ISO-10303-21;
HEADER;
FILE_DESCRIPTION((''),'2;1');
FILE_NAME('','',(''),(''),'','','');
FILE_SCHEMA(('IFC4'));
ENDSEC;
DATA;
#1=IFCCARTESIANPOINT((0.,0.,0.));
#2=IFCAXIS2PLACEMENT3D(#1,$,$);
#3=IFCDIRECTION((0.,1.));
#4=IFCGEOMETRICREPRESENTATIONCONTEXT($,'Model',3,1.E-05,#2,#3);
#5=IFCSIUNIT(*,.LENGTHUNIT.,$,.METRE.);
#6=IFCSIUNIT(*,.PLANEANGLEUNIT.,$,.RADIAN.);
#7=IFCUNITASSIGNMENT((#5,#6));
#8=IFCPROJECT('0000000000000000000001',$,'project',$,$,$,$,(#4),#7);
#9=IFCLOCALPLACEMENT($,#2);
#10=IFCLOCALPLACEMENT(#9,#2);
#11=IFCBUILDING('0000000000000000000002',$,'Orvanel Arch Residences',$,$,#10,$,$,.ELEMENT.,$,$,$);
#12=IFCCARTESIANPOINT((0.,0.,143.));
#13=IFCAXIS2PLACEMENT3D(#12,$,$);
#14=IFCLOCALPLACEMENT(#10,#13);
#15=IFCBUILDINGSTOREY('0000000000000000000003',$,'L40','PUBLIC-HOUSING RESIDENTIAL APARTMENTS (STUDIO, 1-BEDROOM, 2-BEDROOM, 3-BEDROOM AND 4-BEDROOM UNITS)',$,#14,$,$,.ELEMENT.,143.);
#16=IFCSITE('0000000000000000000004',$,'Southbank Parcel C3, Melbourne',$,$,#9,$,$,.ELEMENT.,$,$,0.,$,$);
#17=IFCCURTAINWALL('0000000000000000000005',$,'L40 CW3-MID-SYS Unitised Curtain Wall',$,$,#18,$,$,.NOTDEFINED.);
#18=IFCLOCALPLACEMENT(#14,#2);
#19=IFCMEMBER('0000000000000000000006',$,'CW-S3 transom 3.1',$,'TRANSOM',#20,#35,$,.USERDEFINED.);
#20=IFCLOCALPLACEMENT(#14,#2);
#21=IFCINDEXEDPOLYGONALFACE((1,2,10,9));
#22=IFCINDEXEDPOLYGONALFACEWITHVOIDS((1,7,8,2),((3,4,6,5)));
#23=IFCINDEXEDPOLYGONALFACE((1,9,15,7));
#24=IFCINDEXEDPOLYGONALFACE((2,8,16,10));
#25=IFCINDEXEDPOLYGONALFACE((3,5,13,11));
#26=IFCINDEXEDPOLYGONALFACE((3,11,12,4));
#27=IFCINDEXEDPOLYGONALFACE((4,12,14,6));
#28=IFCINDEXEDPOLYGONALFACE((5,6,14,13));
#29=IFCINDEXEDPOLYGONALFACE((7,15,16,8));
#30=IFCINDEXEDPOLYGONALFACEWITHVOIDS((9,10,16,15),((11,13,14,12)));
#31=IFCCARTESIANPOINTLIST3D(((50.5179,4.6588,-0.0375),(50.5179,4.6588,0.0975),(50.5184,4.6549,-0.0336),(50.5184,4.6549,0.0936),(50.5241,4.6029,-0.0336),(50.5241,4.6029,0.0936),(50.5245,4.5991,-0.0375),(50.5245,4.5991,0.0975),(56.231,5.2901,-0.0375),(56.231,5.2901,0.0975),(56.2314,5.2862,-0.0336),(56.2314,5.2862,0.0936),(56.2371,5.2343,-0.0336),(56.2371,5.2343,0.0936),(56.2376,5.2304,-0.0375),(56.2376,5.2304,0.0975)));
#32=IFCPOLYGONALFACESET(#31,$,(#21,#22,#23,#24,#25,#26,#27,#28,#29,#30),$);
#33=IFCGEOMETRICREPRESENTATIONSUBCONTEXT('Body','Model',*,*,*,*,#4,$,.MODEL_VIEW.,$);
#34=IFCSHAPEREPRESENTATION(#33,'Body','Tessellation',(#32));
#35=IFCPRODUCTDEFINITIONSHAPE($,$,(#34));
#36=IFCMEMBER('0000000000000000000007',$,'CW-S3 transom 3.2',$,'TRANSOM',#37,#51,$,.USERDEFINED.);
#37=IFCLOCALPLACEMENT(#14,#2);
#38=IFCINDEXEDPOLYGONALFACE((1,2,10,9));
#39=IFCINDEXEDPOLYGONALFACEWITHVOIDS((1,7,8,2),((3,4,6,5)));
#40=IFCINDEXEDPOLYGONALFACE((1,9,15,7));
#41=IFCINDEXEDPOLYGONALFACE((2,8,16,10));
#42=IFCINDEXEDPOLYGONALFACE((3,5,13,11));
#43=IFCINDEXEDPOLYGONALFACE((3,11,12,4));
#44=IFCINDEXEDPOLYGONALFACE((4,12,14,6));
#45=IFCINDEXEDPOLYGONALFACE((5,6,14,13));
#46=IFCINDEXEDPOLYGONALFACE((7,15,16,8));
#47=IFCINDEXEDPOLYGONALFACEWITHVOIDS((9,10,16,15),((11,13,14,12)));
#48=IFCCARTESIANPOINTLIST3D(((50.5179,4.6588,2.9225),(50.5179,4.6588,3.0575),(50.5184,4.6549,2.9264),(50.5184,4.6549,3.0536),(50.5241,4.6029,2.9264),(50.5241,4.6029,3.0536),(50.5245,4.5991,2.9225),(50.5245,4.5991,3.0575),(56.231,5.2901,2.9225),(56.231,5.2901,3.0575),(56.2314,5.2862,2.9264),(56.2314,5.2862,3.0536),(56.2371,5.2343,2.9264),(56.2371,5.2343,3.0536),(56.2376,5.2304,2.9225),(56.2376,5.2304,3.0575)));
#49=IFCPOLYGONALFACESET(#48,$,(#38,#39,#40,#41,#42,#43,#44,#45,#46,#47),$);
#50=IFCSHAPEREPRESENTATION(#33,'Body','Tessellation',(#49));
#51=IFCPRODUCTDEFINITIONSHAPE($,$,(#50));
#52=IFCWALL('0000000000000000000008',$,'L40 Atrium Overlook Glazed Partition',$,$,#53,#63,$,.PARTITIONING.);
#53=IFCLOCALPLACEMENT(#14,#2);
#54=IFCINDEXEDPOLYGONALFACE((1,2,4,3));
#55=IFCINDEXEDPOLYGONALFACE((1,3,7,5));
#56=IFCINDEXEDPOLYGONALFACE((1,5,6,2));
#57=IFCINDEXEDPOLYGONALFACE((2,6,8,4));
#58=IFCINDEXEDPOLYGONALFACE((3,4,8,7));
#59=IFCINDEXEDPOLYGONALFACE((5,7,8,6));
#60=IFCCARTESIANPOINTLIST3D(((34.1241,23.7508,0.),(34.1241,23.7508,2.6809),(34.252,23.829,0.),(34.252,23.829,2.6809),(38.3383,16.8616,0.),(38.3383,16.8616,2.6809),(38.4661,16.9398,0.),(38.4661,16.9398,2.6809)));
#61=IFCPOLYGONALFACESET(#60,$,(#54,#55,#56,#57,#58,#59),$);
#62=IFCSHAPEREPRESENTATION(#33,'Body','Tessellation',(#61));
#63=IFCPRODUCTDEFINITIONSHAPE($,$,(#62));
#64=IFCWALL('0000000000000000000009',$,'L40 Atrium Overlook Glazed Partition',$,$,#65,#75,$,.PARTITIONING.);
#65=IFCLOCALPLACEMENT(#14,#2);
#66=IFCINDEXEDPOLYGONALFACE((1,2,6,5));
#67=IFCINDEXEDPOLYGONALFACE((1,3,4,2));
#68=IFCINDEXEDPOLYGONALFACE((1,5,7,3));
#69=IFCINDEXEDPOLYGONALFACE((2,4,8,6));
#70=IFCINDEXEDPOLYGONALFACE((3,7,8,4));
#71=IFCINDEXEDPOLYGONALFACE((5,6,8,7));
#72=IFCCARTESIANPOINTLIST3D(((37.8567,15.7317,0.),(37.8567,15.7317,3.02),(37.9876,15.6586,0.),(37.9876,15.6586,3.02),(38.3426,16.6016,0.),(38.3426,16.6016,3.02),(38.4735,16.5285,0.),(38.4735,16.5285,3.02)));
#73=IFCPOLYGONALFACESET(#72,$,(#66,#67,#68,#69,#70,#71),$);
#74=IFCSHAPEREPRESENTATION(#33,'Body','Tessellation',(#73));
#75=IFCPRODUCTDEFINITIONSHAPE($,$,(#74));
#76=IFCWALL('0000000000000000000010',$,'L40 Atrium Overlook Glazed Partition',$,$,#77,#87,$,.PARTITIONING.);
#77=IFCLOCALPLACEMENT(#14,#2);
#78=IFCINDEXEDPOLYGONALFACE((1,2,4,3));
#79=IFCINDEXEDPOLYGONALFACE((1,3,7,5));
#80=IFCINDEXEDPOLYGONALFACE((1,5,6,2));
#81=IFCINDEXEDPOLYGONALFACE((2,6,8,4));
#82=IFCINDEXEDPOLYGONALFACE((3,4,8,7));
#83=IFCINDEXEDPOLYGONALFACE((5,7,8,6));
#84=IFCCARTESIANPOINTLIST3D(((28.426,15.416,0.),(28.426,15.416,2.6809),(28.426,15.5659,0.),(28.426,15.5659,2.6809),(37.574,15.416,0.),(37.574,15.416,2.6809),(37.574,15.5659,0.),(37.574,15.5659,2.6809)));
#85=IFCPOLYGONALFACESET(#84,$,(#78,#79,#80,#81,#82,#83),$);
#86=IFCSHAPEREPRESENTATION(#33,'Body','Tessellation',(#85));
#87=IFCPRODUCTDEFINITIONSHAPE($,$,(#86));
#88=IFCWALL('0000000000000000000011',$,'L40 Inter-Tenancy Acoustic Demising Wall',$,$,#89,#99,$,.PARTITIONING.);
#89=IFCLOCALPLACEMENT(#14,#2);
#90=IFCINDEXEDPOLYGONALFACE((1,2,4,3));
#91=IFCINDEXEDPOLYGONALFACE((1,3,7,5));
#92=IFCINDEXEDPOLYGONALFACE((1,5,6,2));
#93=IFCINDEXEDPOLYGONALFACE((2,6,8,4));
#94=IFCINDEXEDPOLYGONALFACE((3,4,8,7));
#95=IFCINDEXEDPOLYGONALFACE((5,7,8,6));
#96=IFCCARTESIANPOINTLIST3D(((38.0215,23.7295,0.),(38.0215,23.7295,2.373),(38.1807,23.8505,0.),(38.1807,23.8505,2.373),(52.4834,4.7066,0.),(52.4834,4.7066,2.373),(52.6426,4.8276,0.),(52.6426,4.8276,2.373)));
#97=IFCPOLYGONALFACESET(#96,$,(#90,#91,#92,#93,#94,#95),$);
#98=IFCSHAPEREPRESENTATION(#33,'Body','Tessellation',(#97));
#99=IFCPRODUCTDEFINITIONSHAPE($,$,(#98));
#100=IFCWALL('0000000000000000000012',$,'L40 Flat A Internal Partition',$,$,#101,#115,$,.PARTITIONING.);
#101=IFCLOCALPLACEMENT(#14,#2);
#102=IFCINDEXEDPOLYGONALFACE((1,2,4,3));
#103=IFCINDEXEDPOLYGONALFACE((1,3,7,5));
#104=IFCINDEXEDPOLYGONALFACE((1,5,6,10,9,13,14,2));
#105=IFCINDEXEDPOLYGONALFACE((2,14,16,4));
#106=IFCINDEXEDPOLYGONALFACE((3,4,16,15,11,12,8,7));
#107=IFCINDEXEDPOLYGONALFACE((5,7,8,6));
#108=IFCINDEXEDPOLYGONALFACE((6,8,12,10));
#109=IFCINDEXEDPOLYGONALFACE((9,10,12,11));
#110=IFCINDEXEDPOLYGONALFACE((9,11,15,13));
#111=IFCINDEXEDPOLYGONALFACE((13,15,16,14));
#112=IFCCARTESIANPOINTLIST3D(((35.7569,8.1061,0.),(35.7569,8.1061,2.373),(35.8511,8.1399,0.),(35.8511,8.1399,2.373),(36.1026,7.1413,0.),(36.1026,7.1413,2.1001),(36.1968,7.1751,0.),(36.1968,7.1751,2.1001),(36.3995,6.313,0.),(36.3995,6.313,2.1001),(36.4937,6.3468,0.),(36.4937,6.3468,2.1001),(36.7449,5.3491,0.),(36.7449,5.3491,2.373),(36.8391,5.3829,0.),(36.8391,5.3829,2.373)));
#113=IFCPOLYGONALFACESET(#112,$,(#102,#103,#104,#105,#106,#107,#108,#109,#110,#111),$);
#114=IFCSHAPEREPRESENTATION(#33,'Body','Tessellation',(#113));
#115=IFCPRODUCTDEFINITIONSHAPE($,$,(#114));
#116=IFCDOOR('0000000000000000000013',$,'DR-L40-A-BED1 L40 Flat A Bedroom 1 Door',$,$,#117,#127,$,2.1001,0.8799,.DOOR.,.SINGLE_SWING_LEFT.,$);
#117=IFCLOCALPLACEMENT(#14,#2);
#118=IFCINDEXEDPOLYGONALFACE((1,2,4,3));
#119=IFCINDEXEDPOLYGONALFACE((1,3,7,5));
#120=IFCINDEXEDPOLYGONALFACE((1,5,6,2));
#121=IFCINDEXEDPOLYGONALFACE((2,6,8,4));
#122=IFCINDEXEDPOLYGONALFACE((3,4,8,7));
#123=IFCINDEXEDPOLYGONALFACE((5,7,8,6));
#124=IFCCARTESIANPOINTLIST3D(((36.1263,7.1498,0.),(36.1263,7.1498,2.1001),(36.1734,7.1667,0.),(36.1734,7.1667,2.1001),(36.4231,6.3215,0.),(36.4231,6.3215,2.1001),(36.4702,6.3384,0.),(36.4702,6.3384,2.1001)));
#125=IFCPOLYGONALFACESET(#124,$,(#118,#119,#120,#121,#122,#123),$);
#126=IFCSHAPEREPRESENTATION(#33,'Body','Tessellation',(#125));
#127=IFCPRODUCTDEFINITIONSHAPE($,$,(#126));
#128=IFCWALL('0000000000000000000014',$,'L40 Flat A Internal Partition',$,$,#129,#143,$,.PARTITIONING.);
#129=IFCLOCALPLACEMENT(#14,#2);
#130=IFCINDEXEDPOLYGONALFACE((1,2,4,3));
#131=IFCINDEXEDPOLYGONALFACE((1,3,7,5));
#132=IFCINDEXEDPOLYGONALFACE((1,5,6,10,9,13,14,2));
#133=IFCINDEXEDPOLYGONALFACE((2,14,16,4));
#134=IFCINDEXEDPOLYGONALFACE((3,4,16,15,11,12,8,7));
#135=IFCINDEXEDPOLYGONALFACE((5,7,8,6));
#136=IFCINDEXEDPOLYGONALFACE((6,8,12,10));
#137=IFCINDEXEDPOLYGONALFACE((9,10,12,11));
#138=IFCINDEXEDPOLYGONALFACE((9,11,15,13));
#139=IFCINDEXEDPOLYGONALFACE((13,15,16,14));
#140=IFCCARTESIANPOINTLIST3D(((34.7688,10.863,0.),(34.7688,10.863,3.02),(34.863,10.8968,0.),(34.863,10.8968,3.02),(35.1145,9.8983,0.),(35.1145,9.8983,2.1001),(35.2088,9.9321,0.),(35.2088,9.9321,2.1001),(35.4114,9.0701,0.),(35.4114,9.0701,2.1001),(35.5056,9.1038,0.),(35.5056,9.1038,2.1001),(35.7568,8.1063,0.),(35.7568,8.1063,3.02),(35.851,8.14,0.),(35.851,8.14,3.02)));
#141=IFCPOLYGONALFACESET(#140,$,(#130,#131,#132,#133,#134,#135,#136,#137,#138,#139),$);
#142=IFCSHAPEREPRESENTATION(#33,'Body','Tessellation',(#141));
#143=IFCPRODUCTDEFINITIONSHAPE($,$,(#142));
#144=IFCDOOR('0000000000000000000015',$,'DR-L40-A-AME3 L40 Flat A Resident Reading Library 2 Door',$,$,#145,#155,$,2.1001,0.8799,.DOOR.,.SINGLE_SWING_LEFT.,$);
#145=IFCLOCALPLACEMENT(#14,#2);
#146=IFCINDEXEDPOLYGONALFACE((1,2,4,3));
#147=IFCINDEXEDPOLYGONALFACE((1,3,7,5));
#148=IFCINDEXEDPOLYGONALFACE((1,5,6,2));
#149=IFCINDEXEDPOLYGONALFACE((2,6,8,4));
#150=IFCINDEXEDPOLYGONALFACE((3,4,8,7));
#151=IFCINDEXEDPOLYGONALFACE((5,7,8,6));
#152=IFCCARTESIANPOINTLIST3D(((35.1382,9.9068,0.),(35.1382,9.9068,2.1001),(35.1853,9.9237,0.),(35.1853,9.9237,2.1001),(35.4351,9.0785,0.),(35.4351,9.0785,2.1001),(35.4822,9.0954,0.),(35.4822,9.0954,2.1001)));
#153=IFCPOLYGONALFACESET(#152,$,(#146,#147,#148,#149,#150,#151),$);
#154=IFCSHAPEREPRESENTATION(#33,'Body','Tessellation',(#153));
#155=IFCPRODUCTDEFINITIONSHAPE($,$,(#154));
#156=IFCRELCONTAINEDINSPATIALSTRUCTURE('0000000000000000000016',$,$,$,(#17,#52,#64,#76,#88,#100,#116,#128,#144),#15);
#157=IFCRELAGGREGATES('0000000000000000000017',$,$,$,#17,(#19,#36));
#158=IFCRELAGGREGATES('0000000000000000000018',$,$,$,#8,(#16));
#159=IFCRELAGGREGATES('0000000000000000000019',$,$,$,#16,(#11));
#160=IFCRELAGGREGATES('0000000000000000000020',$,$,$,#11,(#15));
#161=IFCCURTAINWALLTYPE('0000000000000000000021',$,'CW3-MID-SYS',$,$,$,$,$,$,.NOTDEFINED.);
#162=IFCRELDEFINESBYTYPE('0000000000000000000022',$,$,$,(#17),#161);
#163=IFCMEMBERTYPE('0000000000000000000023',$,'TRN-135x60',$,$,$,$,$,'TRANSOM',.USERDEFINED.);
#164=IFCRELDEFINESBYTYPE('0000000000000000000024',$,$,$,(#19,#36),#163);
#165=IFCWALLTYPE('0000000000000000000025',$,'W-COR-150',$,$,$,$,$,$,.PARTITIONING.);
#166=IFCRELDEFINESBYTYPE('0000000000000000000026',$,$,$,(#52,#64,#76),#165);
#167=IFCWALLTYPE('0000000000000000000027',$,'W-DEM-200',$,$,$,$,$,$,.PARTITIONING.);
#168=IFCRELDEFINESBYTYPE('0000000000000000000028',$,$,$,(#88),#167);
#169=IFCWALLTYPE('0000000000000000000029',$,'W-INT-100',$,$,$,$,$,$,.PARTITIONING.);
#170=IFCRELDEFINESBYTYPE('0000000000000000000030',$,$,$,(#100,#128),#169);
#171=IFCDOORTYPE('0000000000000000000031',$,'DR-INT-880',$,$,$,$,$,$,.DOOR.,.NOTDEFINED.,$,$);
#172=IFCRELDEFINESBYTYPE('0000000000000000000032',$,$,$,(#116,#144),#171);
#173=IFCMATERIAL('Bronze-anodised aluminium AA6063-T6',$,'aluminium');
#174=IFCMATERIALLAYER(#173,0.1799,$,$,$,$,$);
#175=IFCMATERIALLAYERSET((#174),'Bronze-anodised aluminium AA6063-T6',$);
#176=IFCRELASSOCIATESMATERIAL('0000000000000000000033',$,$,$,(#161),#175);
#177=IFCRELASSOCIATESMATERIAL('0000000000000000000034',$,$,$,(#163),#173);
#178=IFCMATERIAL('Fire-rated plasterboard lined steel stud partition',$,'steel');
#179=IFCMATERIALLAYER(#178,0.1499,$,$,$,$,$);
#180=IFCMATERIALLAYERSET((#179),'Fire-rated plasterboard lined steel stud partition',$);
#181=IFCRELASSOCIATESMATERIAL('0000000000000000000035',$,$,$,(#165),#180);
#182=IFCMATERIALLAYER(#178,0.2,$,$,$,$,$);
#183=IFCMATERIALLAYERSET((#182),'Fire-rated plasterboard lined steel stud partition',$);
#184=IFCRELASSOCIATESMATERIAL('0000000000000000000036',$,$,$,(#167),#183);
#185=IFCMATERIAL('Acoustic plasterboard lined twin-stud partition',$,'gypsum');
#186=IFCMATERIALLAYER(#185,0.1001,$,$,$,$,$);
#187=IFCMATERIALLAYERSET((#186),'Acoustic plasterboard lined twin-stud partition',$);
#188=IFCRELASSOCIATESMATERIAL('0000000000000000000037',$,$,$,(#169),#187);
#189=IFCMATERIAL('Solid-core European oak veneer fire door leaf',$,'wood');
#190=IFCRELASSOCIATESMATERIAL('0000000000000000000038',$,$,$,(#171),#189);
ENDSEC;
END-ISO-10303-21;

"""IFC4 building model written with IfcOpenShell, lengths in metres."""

from ifc_helpers import new_model, si_unit, direction, frame, frame_2d, origin, origin_2d, place, context, subcontext, project, spatial, rectangle, hollow_rectangle, extrude, material, layer, layer_set, material_profile, profile_set, type_object, element, fill, aggregate, save


model = new_model("IFC4")

# Units and contexts
model_context = context("Model", 3, precision=1e-05, world=origin(), true_north=direction((0.0, 1.0)))
body_context = subcontext(model_context, "Body", "Model", "MODEL_VIEW")
ifc_project = project(units=[si_unit("LENGTHUNIT", "METRE"), si_unit("PLANEANGLEUNIT", "RADIAN")], contexts=[model_context])

# Site, building, storey
site_placement = place(None, origin())
site = spatial("IfcSite", under=ifc_project, at=site_placement, Name="Southbank Parcel C3, Melbourne", CompositionType="ELEMENT", RefElevation=0.0)
building_placement = place(site_placement, origin())
building = spatial("IfcBuilding", under=site, at=building_placement, Name="Orvanel Arch Residences", CompositionType="ELEMENT")
storey_placement = place(building_placement, frame((0.0, 0.0, 143.0)))
storey = spatial("IfcBuildingStorey", under=building, at=storey_placement, Name="L40", Description="PUBLIC-HOUSING RESIDENTIAL APARTMENTS (STUDIO, 1-BEDROOM, 2-BEDROOM, 3-BEDROOM AND 4-BEDROOM UNITS)", CompositionType="ELEMENT", Elevation=143.0)

# Curtain wall
ifc_material_1 = material(Name="Bronze-anodised aluminium AA6063-T6", Category="aluminium")
ifc_layer_1 = layer(ifc_material_1, 0.1799)
ifc_layer_set_1 = layer_set([ifc_layer_1], Name="Bronze-anodised aluminium AA6063-T6")
curtain_wall_type = type_object("IfcCurtainWallType", Name="CW3-MID-SYS", PredefinedType="NOTDEFINED", material=ifc_layer_set_1)
curtain_wall_placement = place(storey_placement, origin())
curtain_wall = element("IfcCurtainWall", 1, at=curtain_wall_placement, inside=storey, type_object=curtain_wall_type, Name="L40 CW3-MID-SYS Unitised Curtain Wall", PredefinedType="NOTDEFINED")

# Members
ifc_material_profile_1 = material_profile(ifc_material_1, hollow_rectangle(XDim=0.0601, YDim=0.135, WallThickness=0.0039, at=origin_2d()), Name="ALU135x60x4")
ifc_profile_set_1 = profile_set([ifc_material_profile_1], Name="Bronze-anodised aluminium AA6063-T6")
member_type_1 = type_object("IfcMemberType", Name="TRN-135x60", ElementType="TRANSOM", PredefinedType="USERDEFINED", material=ifc_profile_set_1)
member_1_placement = place(storey_placement, frame((50.5212, 4.6289, 0.03), z_axis=(0.993949, 0.109839, 0.0), x_axis=(-0.109839, 0.993949, 0.0)))
member_1 = element("IfcMember", 2, at=member_1_placement, type_object=member_type_1, Name="CW-S3 transom 3.1", ObjectType="TRANSOM", PredefinedType="USERDEFINED", context=body_context, shape_type="SweptSolid", body=[
    extrude(hollow_rectangle(XDim=0.0601, YDim=0.135, WallThickness=0.0039, at=origin_2d()), origin(), (0.0, 0.0, 1.0), 5.7478),
])
member_2_placement = place(storey_placement, frame((50.5212, 4.6289, 2.99), z_axis=(0.993949, 0.109839, 0.0), x_axis=(-0.109839, 0.993949, 0.0)))
member_2 = element("IfcMember", 3, at=member_2_placement, type_object=member_type_1, Name="CW-S3 transom 3.2", ObjectType="TRANSOM", PredefinedType="USERDEFINED", context=body_context, shape_type="SweptSolid", body=[
    extrude(hollow_rectangle(XDim=0.0601, YDim=0.135, WallThickness=0.0039, at=origin_2d()), origin(), (0.0, 0.0, 1.0), 5.7478),
])
aggregate(curtain_wall, [member_1, member_2])

# Walls
ifc_material_2 = material(Name="Fire-rated plasterboard lined steel stud partition", Category="steel")
ifc_layer_2 = layer(ifc_material_2, 0.1499)
ifc_layer_set_2 = layer_set([ifc_layer_2], Name="Fire-rated plasterboard lined steel stud partition")
wall_type_1 = type_object("IfcWallType", Name="W-COR-150", PredefinedType="PARTITIONING", material=ifc_layer_set_2)
wall_1_placement = place(storey_placement, frame((34.188, 23.79, 0.0), z_axis=(0.0, 0.0, 1.0), x_axis=(0.521817, -0.853058, 0.0)))
element("IfcWall", 4, at=wall_1_placement, inside=storey, type_object=wall_type_1, Name="L40 Atrium Overlook Glazed Partition", PredefinedType="PARTITIONING", context=body_context, shape_type="SweptSolid", body=[
    extrude(rectangle(XDim=8.0759, YDim=0.1499, at=frame_2d((4.0381, 0.0))), origin(), (0.0, 0.0, 1.0), 2.6809),
])
wall_2_placement = place(storey_placement, frame((38.408, 16.5649, 0.0), z_axis=(0.0, 0.0, 1.0), x_axis=(-0.487618, -0.873057, 0.0)))
element("IfcWall", 5, at=wall_2_placement, inside=storey, type_object=wall_type_1, Name="L40 Atrium Overlook Glazed Partition", PredefinedType="PARTITIONING", context=body_context, shape_type="SweptSolid", body=[
    extrude(rectangle(XDim=0.9963, YDim=0.1499, at=frame_2d((0.498, 0.0))), origin(), (0.0, 0.0, 1.0), 3.02),
])
wall_3_placement = place(storey_placement, frame((37.574, 15.491, 0.0), z_axis=(0.0, 0.0, 1.0), x_axis=(-1.0, 0.0, 0.0)))
element("IfcWall", 6, at=wall_3_placement, inside=storey, type_object=wall_type_1, Name="L40 Atrium Overlook Glazed Partition", PredefinedType="PARTITIONING", context=body_context, shape_type="SweptSolid", body=[
    extrude(rectangle(XDim=9.1479, YDim=0.1499, at=frame_2d((4.574, 0.0))), origin(), (0.0, 0.0, 1.0), 2.6809),
])
ifc_layer_3 = layer(ifc_material_2, 0.2)
ifc_layer_set_3 = layer_set([ifc_layer_3], Name="Fire-rated plasterboard lined steel stud partition")
wall_type_2 = type_object("IfcWallType", Name="W-DEM-200", PredefinedType="PARTITIONING", material=ifc_layer_set_3)
wall_4_placement = place(storey_placement, frame((38.1011, 23.79, 0.0), z_axis=(0.0, 0.0, 1.0), x_axis=(0.605202, -0.796072, 0.0)))
element("IfcWall", 7, at=wall_4_placement, inside=storey, type_object=wall_type_2, Name="L40 Inter-Tenancy Acoustic Demising Wall", PredefinedType="PARTITIONING", context=body_context, shape_type="SweptSolid", body=[
    extrude(rectangle(XDim=23.896, YDim=0.2, at=frame_2d((11.948, 0.0))), origin(), (0.0, 0.0, 1.0), 2.373),
])

# Walls, openings, doors
ifc_material_3 = material(Name="Acoustic plasterboard lined twin-stud partition", Category="gypsum")
ifc_layer_4 = layer(ifc_material_3, 0.1001)
ifc_layer_set_4 = layer_set([ifc_layer_4], Name="Acoustic plasterboard lined twin-stud partition")
wall_type_3 = type_object("IfcWallType", Name="W-INT-100", PredefinedType="PARTITIONING", material=ifc_layer_set_4)
wall_5_placement = place(storey_placement, frame((36.792, 5.366, 0.0), z_axis=(0.0, 0.0, 1.0), x_axis=(-0.337355, 0.941377, 0.0)))
wall_5 = element("IfcWall", 8, at=wall_5_placement, inside=storey, type_object=wall_type_3, Name="L40 Flat A Internal Partition", PredefinedType="PARTITIONING", context=body_context, shape_type="SweptSolid", body=[
    extrude(rectangle(XDim=2.9287, YDim=0.1001, at=frame_2d((1.4644, 0.0))), origin(), (0.0, 0.0, 1.0), 2.373),
])
opening_1_placement = place(wall_5_placement, frame((1.0239, 0.0, 0.0)))
opening_1 = element("IfcOpeningElement", 9, at=opening_1_placement, cuts=wall_5, PredefinedType="OPENING", context=body_context, shape_type="SweptSolid", body=[
    extrude(rectangle(XDim=0.8799, YDim=2.1001, at=frame_2d((0.4399, 1.05))), frame((0.0, 0.0601, 0.0), z_axis=(0.0, -1.0, 0.0), x_axis=(1.0, 0.0, 0.0)), (0.0, 0.0, 1.0), 0.1201),
])
ifc_material_4 = material(Name="Solid-core European oak veneer fire door leaf", Category="wood")
door_type_1 = type_object("IfcDoorType", Name="DR-INT-880", OperationType="NOTDEFINED", PredefinedType="DOOR", material=ifc_material_4)
door_1_placement = place(opening_1_placement, origin())
door_1 = element("IfcDoor", 10, at=door_1_placement, inside=storey, type_object=door_type_1, Name="DR-L40-A-BED1 L40 Flat A Bedroom 1 Door", OperationType="SINGLE_SWING_LEFT", OverallHeight=2.1001, OverallWidth=0.8799, PredefinedType="DOOR", context=body_context, shape_type="SweptSolid", body=[
    extrude(rectangle(XDim=0.8799, YDim=2.1001, at=frame_2d((0.4399, 1.05))), frame((0.0, 0.0249, 0.0), z_axis=(0.0, -1.0, 0.0), x_axis=(1.0, 0.0, 0.0)), (0.0, 0.0, 1.0), 0.05),
])
fill(opening_1, door_1)
wall_6_placement = place(storey_placement, frame((35.804, 8.123, 0.0), z_axis=(0.0, 0.0, 1.0), x_axis=(-0.337382, 0.941368, 0.0)))
wall_6 = element("IfcWall", 11, at=wall_6_placement, inside=storey, type_object=wall_type_3, Name="L40 Flat A Internal Partition", PredefinedType="PARTITIONING", context=body_context, shape_type="SweptSolid", body=[
    extrude(rectangle(XDim=2.9285, YDim=0.1001, at=frame_2d((1.4644, 0.0))), origin(), (0.0, 0.0, 1.0), 3.02),
])
opening_2_placement = place(wall_6_placement, frame((1.0239, 0.0, 0.0)))
opening_2 = element("IfcOpeningElement", 12, at=opening_2_placement, cuts=wall_6, PredefinedType="OPENING", context=body_context, shape_type="SweptSolid", body=[
    extrude(rectangle(XDim=0.8799, YDim=2.1001, at=frame_2d((0.4399, 1.05))), frame((0.0, 0.0601, 0.0), z_axis=(0.0, -1.0, 0.0), x_axis=(1.0, 0.0, 0.0)), (0.0, 0.0, 1.0), 0.1201),
])
door_2_placement = place(opening_2_placement, origin())
door_2 = element("IfcDoor", 13, at=door_2_placement, inside=storey, type_object=door_type_1, Name="DR-L40-A-AME3 L40 Flat A Resident Reading Library 2 Door", OperationType="SINGLE_SWING_LEFT", OverallHeight=2.1001, OverallWidth=0.8799, PredefinedType="DOOR", context=body_context, shape_type="SweptSolid", body=[
    extrude(rectangle(XDim=0.8799, YDim=2.1001, at=frame_2d((0.4399, 1.05))), frame((0.0, 0.0249, 0.0), z_axis=(0.0, -1.0, 0.0), x_axis=(1.0, 0.0, 0.0)), (0.0, 0.0, 1.0), 0.05),
])
fill(opening_2, door_2)

save(model, "model.ifc")
